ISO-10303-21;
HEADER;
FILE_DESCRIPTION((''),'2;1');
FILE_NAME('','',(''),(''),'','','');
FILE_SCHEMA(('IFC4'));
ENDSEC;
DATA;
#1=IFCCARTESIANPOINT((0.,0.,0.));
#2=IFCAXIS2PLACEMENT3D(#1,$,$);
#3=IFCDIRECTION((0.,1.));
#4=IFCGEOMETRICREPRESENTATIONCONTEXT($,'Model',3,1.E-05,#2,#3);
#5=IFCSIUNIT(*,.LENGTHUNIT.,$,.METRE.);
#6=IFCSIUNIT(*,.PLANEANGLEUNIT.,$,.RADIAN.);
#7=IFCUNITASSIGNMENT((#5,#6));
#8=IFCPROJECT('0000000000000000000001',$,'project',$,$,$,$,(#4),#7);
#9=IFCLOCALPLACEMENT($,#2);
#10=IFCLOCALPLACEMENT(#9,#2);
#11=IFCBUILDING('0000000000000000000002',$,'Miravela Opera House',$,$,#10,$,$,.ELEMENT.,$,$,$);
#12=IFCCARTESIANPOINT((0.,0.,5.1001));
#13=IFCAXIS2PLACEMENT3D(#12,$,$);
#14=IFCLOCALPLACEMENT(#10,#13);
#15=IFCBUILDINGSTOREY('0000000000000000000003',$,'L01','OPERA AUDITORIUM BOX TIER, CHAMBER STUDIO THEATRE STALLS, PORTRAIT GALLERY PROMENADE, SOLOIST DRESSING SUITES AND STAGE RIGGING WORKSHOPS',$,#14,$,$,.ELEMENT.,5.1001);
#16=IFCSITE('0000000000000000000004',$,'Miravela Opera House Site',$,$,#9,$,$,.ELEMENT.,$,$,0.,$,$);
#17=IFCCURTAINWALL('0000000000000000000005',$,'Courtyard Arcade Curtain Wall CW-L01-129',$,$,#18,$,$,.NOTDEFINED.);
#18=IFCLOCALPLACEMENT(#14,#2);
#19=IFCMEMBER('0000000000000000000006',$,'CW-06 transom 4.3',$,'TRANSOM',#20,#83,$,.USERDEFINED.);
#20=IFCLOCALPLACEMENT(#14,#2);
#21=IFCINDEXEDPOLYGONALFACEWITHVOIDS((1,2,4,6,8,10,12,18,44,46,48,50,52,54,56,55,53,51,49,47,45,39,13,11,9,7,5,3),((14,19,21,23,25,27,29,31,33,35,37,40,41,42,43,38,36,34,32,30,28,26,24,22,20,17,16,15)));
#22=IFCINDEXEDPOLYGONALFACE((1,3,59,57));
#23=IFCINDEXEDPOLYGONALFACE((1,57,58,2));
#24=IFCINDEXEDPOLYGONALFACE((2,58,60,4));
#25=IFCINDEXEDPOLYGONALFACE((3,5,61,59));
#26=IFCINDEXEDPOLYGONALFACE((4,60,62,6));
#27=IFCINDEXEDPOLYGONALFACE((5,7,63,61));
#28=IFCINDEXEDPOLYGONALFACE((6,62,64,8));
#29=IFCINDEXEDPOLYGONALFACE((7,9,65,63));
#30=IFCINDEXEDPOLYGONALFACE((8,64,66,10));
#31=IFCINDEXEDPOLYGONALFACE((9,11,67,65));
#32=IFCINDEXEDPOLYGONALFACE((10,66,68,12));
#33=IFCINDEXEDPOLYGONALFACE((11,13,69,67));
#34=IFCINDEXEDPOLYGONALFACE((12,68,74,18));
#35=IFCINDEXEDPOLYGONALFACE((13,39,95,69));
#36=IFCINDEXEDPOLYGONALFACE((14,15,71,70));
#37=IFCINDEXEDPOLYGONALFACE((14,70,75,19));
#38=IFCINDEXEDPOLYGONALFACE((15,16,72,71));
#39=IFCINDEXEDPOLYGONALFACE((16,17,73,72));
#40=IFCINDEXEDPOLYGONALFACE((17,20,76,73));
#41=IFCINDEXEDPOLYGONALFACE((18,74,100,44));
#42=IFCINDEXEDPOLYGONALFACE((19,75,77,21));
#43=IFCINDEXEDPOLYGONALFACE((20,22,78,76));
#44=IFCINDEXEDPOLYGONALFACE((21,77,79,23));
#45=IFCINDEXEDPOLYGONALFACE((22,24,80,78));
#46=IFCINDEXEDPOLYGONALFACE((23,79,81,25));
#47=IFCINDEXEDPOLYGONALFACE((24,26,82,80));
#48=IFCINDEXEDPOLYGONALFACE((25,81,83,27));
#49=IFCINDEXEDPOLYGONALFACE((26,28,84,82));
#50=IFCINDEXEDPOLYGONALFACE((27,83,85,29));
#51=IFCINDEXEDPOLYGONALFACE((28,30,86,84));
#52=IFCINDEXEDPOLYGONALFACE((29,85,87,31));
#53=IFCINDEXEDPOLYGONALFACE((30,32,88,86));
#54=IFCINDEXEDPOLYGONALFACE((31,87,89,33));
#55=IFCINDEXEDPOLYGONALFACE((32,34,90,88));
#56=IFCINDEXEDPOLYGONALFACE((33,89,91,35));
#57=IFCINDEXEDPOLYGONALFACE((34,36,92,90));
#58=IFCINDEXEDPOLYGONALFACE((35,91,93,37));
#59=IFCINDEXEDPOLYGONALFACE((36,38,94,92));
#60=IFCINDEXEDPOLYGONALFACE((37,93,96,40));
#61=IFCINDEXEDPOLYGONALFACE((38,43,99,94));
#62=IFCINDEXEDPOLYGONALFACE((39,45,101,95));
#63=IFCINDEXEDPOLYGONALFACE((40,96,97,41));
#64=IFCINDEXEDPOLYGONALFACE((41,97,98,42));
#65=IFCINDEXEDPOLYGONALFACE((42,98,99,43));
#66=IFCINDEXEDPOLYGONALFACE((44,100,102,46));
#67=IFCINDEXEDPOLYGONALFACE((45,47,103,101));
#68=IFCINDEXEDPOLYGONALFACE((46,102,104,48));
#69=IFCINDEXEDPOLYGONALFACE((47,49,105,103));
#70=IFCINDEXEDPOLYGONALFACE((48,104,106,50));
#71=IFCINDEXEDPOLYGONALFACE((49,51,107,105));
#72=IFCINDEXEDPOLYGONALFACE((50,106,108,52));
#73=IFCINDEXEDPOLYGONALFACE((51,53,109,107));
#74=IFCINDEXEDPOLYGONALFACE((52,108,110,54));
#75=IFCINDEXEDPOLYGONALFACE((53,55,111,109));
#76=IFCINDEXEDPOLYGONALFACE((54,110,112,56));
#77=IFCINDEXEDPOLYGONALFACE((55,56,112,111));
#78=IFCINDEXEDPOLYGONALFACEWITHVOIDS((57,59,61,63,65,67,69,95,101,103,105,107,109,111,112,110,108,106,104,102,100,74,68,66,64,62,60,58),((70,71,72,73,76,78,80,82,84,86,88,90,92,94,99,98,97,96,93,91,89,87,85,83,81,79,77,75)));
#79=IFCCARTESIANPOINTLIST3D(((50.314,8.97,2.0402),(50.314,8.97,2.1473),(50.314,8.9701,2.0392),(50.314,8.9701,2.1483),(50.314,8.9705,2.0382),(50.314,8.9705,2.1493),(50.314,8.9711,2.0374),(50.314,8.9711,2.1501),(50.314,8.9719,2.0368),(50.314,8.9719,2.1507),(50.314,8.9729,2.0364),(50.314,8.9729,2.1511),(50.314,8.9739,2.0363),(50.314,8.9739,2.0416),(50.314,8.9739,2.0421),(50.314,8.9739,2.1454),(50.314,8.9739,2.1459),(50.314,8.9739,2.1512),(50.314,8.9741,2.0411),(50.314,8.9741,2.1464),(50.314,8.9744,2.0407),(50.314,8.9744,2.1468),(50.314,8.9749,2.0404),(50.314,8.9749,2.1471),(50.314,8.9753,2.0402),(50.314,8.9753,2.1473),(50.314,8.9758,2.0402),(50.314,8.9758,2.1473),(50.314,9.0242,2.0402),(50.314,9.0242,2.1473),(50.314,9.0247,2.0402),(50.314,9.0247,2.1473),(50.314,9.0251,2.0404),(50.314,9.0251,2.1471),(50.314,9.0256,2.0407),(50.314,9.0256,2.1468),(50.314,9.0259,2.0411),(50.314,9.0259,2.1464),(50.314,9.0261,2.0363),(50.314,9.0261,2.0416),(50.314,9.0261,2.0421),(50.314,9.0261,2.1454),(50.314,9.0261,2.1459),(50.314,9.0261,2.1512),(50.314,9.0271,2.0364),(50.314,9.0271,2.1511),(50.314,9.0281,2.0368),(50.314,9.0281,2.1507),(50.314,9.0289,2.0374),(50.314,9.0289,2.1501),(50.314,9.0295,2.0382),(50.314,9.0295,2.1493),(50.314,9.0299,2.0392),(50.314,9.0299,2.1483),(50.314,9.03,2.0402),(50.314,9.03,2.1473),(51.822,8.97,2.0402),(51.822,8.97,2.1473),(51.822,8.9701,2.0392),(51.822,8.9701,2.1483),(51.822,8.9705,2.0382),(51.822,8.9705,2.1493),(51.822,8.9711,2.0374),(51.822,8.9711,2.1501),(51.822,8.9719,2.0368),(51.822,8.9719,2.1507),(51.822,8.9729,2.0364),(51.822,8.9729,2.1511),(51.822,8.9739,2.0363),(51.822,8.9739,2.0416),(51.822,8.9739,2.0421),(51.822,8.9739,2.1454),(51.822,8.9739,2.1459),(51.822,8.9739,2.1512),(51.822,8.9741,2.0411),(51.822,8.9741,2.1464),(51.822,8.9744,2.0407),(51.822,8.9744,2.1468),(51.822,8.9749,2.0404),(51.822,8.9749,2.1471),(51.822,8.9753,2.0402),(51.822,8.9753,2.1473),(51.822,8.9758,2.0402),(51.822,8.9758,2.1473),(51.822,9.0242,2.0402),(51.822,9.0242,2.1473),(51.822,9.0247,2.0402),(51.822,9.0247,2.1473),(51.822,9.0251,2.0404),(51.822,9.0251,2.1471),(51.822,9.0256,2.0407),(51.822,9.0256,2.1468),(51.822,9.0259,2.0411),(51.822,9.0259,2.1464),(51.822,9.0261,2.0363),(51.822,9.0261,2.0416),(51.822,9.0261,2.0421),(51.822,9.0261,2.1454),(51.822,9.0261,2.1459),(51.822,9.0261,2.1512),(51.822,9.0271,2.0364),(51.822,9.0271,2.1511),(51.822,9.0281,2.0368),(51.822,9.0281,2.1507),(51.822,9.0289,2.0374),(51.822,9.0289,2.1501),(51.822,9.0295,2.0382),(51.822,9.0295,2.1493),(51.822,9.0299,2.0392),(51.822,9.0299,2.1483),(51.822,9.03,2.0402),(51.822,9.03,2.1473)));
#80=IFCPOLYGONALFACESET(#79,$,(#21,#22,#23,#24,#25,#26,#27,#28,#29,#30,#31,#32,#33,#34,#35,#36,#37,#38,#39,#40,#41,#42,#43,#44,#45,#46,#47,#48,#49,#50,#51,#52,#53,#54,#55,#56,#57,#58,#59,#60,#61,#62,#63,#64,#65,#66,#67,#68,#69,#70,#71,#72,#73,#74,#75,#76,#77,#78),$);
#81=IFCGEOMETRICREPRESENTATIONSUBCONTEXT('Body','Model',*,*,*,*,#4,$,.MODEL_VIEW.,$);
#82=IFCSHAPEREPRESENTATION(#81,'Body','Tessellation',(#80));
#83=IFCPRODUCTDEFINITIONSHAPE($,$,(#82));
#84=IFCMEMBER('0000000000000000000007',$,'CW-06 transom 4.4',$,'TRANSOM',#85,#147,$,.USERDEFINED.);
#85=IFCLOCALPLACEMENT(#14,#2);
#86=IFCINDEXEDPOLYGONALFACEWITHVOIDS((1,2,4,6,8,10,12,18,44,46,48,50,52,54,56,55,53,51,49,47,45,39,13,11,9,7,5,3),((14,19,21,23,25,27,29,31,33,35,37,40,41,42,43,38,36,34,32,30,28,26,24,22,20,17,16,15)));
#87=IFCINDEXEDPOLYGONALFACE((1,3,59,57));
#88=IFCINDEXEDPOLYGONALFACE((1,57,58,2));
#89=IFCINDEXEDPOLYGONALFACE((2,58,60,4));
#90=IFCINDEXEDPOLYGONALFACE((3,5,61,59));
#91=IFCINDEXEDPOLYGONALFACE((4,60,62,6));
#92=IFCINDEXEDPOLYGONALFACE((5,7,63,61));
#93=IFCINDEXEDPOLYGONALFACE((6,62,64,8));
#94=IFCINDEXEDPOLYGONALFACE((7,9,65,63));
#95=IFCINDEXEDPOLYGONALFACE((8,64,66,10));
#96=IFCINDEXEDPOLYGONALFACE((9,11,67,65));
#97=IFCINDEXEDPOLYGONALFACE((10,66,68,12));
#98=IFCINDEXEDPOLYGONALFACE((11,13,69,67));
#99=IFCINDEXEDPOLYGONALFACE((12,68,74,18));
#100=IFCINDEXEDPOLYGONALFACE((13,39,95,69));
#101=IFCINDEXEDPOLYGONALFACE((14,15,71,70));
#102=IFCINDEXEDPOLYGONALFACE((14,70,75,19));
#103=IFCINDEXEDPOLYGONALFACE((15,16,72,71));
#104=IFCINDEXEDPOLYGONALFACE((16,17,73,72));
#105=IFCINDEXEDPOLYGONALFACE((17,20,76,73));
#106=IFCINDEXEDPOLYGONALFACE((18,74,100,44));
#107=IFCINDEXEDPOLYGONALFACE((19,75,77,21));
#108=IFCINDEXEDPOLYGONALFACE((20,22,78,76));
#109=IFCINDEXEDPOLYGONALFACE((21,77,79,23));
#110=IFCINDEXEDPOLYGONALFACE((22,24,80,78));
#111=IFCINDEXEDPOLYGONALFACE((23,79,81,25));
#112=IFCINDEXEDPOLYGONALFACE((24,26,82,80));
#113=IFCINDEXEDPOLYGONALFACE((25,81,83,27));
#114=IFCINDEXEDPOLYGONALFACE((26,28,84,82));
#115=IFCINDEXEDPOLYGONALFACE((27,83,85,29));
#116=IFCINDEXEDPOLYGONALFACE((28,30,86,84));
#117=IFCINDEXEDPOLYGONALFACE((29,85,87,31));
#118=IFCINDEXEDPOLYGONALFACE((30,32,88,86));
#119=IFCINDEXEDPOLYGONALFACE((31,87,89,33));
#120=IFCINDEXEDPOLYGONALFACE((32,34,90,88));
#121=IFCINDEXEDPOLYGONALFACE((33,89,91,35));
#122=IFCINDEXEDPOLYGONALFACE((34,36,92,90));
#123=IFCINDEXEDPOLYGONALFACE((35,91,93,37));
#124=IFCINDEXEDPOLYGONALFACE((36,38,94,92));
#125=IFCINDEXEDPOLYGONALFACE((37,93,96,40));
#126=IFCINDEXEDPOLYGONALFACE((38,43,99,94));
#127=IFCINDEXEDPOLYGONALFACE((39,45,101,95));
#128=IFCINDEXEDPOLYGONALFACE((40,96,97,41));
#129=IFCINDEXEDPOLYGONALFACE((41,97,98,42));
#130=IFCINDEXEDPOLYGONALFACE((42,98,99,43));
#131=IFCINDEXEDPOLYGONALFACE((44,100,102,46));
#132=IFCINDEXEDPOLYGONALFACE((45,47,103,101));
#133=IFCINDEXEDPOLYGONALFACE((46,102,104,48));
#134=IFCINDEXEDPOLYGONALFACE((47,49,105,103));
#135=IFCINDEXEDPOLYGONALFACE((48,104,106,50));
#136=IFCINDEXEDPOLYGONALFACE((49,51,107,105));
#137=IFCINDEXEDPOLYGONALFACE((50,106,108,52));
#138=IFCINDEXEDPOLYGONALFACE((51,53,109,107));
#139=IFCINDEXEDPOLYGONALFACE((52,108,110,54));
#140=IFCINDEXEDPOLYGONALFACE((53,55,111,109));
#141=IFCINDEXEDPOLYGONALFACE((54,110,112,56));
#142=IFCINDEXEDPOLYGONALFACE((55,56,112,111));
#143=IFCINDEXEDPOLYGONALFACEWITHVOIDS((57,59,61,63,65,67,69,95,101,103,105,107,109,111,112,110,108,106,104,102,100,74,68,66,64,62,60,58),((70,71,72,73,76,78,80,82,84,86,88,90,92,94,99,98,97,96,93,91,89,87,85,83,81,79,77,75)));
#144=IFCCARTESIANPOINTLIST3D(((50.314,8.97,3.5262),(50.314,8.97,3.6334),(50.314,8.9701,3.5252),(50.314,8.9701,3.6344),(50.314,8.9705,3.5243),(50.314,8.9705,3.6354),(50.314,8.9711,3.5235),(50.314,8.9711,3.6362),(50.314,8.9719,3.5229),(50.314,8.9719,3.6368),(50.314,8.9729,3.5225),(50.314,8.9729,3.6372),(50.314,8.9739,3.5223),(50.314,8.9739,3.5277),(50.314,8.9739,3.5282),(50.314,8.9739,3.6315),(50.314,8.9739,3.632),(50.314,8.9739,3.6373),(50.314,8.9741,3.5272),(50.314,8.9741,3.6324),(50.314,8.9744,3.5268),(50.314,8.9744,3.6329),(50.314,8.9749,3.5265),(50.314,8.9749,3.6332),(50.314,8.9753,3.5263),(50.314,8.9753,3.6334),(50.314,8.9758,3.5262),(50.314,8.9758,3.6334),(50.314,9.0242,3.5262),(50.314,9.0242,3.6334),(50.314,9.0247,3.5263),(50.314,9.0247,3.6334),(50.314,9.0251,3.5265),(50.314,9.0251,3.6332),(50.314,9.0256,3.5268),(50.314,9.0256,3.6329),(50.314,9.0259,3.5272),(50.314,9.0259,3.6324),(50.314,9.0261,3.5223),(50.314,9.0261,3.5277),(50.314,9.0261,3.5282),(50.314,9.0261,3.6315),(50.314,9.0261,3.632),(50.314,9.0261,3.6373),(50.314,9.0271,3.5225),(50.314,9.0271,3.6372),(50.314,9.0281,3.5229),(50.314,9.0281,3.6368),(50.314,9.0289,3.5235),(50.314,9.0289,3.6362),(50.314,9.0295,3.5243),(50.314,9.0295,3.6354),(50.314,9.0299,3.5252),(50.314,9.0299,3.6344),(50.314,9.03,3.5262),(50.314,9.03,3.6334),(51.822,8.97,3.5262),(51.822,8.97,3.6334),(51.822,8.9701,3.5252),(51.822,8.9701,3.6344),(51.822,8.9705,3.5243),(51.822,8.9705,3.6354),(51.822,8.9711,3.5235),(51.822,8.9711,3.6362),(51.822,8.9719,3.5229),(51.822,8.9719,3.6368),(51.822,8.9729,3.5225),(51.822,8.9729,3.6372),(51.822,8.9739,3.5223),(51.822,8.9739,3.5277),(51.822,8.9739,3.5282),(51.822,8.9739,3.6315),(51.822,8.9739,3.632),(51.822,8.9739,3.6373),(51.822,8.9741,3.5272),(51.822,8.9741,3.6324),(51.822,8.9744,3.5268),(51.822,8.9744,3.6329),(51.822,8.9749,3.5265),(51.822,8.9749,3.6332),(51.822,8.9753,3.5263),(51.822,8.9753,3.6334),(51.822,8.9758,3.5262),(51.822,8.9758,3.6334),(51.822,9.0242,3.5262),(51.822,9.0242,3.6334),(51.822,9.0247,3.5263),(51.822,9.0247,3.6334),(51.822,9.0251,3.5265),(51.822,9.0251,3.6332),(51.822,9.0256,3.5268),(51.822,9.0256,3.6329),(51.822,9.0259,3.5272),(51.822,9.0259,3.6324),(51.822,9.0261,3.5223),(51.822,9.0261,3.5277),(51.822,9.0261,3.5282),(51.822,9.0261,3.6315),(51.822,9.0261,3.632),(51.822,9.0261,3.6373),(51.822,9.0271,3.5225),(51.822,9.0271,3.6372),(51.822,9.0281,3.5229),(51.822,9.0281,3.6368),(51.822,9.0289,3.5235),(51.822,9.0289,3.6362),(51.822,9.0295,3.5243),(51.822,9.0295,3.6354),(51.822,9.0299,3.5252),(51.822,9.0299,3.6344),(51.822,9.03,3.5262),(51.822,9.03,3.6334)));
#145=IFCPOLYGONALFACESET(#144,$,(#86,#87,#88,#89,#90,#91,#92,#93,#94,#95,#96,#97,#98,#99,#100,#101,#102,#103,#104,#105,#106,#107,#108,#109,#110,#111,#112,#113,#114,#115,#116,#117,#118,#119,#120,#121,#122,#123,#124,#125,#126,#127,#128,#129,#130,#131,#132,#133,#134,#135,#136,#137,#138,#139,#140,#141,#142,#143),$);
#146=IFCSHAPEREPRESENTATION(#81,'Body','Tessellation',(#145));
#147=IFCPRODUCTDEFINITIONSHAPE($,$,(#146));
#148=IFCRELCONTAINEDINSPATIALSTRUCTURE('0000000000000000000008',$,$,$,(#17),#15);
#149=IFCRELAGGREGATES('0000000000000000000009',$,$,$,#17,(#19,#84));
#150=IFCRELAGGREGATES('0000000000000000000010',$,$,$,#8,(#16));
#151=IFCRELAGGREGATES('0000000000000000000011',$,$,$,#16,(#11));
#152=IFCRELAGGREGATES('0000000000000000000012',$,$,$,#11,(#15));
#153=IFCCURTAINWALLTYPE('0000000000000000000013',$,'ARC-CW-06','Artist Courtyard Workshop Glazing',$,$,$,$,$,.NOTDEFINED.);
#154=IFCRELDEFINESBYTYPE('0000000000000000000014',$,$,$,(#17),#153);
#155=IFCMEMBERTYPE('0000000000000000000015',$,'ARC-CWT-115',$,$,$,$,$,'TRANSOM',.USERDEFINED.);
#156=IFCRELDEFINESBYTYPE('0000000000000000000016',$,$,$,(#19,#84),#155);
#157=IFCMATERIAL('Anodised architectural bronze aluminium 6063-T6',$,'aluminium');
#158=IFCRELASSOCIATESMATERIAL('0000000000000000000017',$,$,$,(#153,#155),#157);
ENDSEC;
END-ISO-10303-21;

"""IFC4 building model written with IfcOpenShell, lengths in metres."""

from ifc_helpers import new_model, si_unit, direction, frame, origin, origin_2d, place, context, subcontext, project, spatial, hollow_rectangle, extrude, material, material_profile, profile_set, type_object, element, aggregate, save


model = new_model("IFC4")

# Units and contexts
model_context = context("Model", 3, precision=1e-05, world=origin(), true_north=direction((0.0, 1.0)))
body_context = subcontext(model_context, "Body", "Model", "MODEL_VIEW")
ifc_project = project(units=[si_unit("LENGTHUNIT", "METRE"), si_unit("PLANEANGLEUNIT", "RADIAN")], contexts=[model_context])

# Site, building, storey
site_placement = place(None, origin())
site = spatial("IfcSite", under=ifc_project, at=site_placement, Name="Miravela Opera House Site", CompositionType="ELEMENT", RefElevation=0.0)
building_placement = place(site_placement, origin())
building = spatial("IfcBuilding", under=site, at=building_placement, Name="Miravela Opera House", CompositionType="ELEMENT")
storey_placement = place(building_placement, frame((0.0, 0.0, 5.1001)))
storey = spatial("IfcBuildingStorey", under=building, at=storey_placement, Name="L01", Description="OPERA AUDITORIUM BOX TIER, CHAMBER STUDIO THEATRE STALLS, PORTRAIT GALLERY PROMENADE, SOLOIST DRESSING SUITES AND STAGE RIGGING WORKSHOPS", CompositionType="ELEMENT", Elevation=5.1001)

# Curtain wall, members
ifc_material_1 = material(Name="Anodised architectural bronze aluminium 6063-T6", Category="aluminium")
curtain_wall_type = type_object("IfcCurtainWallType", Name="ARC-CW-06", Description="Artist Courtyard Workshop Glazing", PredefinedType="NOTDEFINED", material=ifc_material_1)
curtain_wall_placement = place(storey_placement, origin())
curtain_wall = element("IfcCurtainWall", 1, at=curtain_wall_placement, inside=storey, type_object=curtain_wall_type, Name="Courtyard Arcade Curtain Wall CW-L01-129", PredefinedType="NOTDEFINED")
ifc_material_profile_1 = material_profile(ifc_material_1, hollow_rectangle(XDim=0.0601, YDim=0.115, WallThickness=0.0039, InnerFilletRadius=0.002, OuterFilletRadius=0.0039, at=origin_2d()), Name="CWT-60X115")
ifc_profile_set_1 = profile_set([ifc_material_profile_1])
member_type_1 = type_object("IfcMemberType", Name="ARC-CWT-115", ElementType="TRANSOM", PredefinedType="USERDEFINED", material=ifc_profile_set_1)
member_1_placement = place(storey_placement, frame((50.314, 9.0, 2.0938), z_axis=(1.0, 0.0, 0.0), x_axis=(0.0, 1.0, 0.0)))
member_1 = element("IfcMember", 2, at=member_1_placement, type_object=member_type_1, Name="CW-06 transom 4.3", ObjectType="TRANSOM", PredefinedType="USERDEFINED", context=body_context, shape_type="SweptSolid", body=[
    extrude(hollow_rectangle(XDim=0.0601, YDim=0.115, WallThickness=0.0039, InnerFilletRadius=0.002, OuterFilletRadius=0.0039, at=origin_2d()), origin(), (0.0, 0.0, 1.0), 1.5081),
])
member_2_placement = place(storey_placement, frame((50.314, 9.0, 3.5798), z_axis=(1.0, 0.0, 0.0), x_axis=(0.0, 1.0, 0.0)))
member_2 = element("IfcMember", 3, at=member_2_placement, type_object=member_type_1, Name="CW-06 transom 4.4", ObjectType="TRANSOM", PredefinedType="USERDEFINED", context=body_context, shape_type="SweptSolid", body=[
    extrude(hollow_rectangle(XDim=0.0601, YDim=0.115, WallThickness=0.0039, InnerFilletRadius=0.002, OuterFilletRadius=0.0039, at=origin_2d()), origin(), (0.0, 0.0, 1.0), 1.5081),
])

aggregate(curtain_wall, [member_1, member_2])

save(model, "model.ifc")
